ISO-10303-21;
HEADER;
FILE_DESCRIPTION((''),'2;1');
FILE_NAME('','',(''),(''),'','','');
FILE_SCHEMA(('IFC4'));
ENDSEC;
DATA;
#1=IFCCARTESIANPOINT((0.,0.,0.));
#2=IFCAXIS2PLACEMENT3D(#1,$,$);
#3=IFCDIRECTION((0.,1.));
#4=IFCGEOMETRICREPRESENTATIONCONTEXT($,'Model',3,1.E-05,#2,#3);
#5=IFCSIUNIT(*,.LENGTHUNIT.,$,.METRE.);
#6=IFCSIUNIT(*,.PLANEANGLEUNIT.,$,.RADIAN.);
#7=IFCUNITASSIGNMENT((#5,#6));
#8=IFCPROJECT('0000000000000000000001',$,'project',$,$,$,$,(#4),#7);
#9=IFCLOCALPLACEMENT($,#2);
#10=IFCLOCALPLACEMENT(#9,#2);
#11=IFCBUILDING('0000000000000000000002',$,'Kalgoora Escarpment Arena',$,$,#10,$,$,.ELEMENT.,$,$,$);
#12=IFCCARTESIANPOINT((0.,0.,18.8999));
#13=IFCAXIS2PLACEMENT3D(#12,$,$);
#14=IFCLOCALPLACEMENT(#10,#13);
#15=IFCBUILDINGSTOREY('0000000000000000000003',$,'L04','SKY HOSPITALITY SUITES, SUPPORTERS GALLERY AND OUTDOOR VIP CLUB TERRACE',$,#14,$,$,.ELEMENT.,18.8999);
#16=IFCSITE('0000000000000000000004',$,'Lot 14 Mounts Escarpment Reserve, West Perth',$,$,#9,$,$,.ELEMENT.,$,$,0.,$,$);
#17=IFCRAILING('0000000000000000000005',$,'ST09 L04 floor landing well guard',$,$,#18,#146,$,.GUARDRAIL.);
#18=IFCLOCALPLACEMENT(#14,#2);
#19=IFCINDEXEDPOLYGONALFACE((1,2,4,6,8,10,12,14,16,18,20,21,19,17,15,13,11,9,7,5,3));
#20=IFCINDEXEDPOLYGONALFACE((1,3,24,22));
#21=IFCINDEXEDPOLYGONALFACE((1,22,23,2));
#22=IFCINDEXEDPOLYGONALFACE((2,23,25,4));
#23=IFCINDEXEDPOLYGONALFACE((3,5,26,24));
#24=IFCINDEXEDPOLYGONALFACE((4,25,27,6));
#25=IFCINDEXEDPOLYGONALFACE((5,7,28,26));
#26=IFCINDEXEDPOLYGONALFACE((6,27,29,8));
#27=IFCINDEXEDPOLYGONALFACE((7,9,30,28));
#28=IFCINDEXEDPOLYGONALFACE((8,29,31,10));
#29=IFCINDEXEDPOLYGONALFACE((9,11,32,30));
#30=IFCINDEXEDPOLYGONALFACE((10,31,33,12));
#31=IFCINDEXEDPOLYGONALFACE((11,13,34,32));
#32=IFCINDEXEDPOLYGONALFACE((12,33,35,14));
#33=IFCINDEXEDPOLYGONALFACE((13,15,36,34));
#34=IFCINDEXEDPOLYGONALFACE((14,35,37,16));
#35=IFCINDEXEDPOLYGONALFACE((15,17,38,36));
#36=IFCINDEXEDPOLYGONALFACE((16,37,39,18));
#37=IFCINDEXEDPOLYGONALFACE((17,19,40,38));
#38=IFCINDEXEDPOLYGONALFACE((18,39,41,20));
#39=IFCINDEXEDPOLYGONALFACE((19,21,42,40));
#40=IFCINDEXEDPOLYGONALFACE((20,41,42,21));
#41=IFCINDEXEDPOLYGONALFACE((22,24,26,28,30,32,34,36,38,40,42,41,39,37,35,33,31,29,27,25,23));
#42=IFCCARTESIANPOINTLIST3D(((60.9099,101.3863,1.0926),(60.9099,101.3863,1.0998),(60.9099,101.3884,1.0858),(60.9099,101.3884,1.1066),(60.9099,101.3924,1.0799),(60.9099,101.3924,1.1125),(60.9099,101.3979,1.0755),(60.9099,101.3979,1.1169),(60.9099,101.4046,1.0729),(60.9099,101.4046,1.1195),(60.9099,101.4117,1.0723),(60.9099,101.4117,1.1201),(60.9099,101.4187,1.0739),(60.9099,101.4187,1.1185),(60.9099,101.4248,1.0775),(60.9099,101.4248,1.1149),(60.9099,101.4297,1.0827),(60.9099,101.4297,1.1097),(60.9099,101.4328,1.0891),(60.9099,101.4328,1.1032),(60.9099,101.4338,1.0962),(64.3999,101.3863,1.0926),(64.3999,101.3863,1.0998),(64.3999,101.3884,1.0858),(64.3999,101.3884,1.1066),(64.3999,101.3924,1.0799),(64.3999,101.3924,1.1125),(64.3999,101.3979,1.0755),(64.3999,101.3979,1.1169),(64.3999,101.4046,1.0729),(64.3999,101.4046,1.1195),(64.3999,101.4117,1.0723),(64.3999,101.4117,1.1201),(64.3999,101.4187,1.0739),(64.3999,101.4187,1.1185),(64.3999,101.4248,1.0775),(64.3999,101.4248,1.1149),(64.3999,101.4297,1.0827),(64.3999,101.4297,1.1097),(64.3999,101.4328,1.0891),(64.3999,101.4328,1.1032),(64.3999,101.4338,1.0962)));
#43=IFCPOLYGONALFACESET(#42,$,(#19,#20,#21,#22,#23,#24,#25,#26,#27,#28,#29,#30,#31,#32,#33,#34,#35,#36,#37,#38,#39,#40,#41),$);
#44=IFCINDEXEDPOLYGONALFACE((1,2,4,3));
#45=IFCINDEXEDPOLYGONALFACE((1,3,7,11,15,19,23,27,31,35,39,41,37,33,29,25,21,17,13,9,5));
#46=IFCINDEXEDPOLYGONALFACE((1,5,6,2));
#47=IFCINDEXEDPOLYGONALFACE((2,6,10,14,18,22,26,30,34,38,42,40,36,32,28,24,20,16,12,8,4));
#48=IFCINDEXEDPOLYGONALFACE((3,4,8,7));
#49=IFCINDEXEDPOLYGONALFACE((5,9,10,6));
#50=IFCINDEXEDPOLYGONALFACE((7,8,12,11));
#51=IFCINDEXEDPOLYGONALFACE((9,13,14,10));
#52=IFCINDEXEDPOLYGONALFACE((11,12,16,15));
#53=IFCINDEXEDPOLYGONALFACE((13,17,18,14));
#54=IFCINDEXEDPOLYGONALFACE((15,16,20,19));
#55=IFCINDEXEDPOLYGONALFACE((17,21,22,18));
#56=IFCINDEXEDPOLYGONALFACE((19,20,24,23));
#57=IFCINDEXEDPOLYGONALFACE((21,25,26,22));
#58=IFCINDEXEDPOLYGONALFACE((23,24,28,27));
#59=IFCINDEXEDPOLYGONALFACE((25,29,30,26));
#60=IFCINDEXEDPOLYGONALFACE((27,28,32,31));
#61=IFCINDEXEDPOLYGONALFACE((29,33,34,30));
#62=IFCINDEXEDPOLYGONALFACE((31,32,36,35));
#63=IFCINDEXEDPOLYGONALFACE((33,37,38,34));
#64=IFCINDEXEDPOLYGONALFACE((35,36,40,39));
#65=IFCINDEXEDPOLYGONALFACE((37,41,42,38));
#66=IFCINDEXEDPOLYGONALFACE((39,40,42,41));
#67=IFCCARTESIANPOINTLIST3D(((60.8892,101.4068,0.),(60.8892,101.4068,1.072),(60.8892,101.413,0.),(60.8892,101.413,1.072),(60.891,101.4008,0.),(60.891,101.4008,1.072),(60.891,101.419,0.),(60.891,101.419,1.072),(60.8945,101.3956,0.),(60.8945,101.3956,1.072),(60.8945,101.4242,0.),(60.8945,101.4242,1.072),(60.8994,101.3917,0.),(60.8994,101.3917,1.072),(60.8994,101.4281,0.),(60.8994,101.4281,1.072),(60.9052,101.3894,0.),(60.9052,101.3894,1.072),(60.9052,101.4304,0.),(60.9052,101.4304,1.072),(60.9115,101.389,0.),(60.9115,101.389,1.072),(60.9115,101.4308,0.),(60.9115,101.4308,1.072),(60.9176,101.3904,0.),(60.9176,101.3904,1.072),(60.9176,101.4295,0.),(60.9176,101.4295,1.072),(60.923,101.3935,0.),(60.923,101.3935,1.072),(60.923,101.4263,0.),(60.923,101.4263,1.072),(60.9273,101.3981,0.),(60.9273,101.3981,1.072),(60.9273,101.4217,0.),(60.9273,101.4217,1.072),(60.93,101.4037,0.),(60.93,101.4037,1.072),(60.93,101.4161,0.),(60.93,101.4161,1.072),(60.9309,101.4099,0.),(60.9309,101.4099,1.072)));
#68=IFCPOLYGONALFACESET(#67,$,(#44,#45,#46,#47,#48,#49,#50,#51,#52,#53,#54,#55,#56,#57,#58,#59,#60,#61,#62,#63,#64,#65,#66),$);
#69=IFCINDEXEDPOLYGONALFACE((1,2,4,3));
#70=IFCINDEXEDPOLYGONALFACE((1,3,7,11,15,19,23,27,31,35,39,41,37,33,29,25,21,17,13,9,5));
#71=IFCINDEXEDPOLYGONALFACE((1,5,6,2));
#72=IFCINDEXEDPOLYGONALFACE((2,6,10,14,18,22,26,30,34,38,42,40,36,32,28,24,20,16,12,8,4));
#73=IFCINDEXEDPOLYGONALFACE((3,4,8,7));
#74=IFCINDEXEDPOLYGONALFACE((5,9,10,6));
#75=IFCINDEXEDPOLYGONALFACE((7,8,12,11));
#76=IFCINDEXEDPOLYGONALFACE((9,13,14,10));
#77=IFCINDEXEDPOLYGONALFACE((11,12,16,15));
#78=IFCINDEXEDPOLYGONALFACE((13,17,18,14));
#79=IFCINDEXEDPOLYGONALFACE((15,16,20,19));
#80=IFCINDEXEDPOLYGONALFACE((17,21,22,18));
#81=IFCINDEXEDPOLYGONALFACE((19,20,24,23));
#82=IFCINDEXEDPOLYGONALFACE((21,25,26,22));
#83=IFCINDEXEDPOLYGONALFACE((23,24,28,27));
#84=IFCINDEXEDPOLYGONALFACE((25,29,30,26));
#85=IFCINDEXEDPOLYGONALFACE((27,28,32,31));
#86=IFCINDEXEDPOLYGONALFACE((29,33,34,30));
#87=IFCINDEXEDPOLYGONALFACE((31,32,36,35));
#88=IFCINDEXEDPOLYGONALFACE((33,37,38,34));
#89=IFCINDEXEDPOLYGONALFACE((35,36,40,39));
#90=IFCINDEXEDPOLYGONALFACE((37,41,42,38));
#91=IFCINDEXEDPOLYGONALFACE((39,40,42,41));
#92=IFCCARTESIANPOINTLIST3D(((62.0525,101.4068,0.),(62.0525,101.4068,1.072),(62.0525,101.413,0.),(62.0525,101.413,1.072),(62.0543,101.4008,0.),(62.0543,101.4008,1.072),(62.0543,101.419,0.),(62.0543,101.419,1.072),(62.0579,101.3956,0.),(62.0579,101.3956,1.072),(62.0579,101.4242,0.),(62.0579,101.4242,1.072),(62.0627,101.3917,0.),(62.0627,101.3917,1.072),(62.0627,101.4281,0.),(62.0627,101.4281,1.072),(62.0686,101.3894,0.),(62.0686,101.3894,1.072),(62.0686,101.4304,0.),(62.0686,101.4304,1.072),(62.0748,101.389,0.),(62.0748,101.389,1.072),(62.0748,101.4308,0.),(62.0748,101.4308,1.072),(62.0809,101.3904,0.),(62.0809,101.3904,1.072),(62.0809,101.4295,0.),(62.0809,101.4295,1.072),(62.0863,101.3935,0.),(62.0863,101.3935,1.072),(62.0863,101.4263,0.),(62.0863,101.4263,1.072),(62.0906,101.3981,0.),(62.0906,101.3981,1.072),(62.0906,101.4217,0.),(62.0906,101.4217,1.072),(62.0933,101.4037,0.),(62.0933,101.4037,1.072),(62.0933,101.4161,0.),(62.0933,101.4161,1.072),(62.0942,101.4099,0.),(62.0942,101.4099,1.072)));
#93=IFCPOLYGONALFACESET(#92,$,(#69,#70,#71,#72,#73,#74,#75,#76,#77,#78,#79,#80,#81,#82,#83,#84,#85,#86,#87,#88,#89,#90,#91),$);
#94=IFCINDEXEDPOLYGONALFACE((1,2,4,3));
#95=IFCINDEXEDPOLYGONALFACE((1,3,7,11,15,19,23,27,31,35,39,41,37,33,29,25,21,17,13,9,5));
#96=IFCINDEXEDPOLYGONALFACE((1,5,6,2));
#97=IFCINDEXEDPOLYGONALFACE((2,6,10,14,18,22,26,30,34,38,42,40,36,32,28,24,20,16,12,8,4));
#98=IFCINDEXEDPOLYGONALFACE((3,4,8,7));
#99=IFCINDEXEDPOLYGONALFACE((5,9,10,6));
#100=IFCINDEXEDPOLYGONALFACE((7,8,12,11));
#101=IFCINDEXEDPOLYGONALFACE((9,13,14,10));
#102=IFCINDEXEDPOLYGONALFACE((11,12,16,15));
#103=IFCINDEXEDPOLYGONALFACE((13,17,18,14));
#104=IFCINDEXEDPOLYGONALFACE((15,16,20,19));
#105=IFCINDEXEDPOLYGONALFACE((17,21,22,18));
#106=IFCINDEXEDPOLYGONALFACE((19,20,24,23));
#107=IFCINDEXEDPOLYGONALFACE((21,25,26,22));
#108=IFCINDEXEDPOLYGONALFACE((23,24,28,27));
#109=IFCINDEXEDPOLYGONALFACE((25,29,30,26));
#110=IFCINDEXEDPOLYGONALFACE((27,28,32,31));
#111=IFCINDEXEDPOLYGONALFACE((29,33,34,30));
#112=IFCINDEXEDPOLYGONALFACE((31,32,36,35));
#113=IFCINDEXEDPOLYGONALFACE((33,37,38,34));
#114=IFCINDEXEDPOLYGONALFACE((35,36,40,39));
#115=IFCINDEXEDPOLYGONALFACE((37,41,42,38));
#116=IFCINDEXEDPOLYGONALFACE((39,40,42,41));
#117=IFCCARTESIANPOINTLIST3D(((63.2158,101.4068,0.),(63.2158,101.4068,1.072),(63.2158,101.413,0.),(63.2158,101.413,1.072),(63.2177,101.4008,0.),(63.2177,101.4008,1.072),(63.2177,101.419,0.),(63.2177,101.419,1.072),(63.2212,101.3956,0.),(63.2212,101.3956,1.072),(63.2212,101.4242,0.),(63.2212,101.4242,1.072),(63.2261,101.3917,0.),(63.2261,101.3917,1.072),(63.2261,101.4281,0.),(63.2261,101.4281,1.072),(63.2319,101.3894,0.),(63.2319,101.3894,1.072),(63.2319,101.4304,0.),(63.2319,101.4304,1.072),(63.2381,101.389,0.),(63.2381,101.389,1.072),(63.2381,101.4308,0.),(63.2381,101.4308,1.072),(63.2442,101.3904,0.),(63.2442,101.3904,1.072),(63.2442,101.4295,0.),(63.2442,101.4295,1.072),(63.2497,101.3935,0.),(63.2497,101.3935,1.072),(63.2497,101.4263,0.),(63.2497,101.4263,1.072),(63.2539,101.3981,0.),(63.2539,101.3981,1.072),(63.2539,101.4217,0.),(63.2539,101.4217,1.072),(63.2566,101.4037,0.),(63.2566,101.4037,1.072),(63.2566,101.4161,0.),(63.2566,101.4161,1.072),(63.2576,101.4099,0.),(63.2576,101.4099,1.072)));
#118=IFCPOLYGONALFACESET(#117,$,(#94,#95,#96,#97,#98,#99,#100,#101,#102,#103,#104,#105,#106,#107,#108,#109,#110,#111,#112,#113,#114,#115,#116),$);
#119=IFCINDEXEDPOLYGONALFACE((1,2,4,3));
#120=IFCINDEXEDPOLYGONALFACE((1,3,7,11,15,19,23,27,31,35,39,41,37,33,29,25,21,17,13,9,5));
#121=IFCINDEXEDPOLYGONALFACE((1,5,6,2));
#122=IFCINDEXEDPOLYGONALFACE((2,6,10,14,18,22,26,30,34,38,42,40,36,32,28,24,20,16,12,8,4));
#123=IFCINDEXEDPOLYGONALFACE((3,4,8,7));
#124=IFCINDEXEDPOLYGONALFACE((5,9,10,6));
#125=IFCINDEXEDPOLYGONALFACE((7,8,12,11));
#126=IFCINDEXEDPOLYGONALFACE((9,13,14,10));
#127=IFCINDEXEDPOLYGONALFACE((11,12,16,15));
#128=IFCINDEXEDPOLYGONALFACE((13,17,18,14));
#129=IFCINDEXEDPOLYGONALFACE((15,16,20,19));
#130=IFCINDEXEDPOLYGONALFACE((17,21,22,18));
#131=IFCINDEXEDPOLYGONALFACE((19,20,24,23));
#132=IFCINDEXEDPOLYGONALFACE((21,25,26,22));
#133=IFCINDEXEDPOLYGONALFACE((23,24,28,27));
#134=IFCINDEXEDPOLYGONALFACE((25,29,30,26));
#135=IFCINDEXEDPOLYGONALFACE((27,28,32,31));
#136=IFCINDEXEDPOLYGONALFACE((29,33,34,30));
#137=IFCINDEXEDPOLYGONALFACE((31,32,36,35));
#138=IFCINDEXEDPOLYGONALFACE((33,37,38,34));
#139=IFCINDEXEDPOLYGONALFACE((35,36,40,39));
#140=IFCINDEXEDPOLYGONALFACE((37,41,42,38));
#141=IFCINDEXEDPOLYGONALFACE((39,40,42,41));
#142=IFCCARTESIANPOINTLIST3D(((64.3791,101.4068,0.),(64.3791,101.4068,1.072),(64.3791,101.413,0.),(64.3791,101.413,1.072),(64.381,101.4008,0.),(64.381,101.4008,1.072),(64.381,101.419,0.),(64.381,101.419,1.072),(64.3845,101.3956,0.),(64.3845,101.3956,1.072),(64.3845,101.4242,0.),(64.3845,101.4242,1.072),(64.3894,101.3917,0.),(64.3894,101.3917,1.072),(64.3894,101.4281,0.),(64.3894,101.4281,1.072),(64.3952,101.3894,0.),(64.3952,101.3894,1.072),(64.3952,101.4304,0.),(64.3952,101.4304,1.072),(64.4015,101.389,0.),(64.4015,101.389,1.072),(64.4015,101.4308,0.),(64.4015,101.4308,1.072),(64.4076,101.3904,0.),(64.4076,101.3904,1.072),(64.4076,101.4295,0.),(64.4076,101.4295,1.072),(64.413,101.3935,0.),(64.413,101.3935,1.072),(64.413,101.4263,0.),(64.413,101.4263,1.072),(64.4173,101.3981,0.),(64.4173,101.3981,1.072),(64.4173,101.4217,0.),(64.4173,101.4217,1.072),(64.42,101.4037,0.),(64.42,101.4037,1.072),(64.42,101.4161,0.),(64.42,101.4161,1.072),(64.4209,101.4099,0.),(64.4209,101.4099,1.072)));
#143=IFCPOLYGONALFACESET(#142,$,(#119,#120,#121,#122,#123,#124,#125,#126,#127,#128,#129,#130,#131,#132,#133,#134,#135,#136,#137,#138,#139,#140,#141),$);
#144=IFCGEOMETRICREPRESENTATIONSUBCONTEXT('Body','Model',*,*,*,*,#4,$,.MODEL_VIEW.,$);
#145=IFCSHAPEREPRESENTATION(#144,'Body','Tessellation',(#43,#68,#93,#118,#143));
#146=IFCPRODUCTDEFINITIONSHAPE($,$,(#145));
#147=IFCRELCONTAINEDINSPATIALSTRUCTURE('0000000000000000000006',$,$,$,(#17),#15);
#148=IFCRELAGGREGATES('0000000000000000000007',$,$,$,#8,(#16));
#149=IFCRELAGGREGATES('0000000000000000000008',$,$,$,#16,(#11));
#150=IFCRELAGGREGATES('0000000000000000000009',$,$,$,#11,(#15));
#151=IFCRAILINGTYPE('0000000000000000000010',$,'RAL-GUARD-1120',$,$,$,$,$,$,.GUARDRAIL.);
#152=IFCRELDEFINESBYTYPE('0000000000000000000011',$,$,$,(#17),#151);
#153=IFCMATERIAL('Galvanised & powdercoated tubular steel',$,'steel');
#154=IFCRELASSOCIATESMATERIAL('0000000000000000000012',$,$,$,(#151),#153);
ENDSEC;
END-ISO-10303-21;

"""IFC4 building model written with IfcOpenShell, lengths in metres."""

from ifc_helpers import new_model, si_unit, direction, frame, origin, origin_2d, place, context, subcontext, project, spatial, circle, extrude, material, type_object, element, save


model = new_model("IFC4")

# Units and contexts
model_context = context("Model", 3, precision=1e-05, world=origin(), true_north=direction((0.0, 1.0)))
body_context = subcontext(model_context, "Body", "Model", "MODEL_VIEW")
ifc_project = project(units=[si_unit("LENGTHUNIT", "METRE"), si_unit("PLANEANGLEUNIT", "RADIAN")], contexts=[model_context])

# Site, building, storey
site_placement = place(None, origin())
site = spatial("IfcSite", under=ifc_project, at=site_placement, Name="Lot 14 Mounts Escarpment Reserve, West Perth", CompositionType="ELEMENT", RefElevation=0.0)
building_placement = place(site_placement, origin())
building = spatial("IfcBuilding", under=site, at=building_placement, Name="Kalgoora Escarpment Arena", CompositionType="ELEMENT")
storey_placement = place(building_placement, frame((0.0, 0.0, 18.8999)))
storey = spatial("IfcBuildingStorey", under=building, at=storey_placement, Name="L04", Description="SKY HOSPITALITY SUITES, SUPPORTERS GALLERY AND OUTDOOR VIP CLUB TERRACE", CompositionType="ELEMENT", Elevation=18.8999)

# Railing
ifc_material_1 = material(Name="Galvanised & powdercoated tubular steel", Category="steel")
railing_type_1 = type_object("IfcRailingType", Name="RAL-GUARD-1120", PredefinedType="GUARDRAIL", material=ifc_material_1)
railing_1_placement = place(storey_placement, frame((60.9099, 101.4099, 0.0)))
element("IfcRailing", 1, at=railing_1_placement, inside=storey, type_object=railing_type_1, Name="ST09 L04 floor landing well guard", PredefinedType="GUARDRAIL", context=body_context, shape_type="SweptSolid", body=[
    extrude(circle(Radius=0.0239, at=origin_2d()), frame((0.0, 0.0, 1.0962), z_axis=(1.0, 0.0, 0.0), x_axis=(0.0, 1.0, 0.0)), (0.0, 0.0, 1.0), 3.49),
    extrude(circle(Radius=0.021, at=origin_2d()), origin(), (0.0, 0.0, 1.0), 1.072),
    extrude(circle(Radius=0.021, at=origin_2d()), frame((1.1633, 0.0, 0.0)), (0.0, 0.0, 1.0), 1.072),
    extrude(circle(Radius=0.021, at=origin_2d()), frame((2.3267, 0.0, 0.0)), (0.0, 0.0, 1.0), 1.072),
    extrude(circle(Radius=0.021, at=origin_2d()), frame((3.49, 0.0, 0.0)), (0.0, 0.0, 1.0), 1.072),
])

save(model, "model.ifc")
